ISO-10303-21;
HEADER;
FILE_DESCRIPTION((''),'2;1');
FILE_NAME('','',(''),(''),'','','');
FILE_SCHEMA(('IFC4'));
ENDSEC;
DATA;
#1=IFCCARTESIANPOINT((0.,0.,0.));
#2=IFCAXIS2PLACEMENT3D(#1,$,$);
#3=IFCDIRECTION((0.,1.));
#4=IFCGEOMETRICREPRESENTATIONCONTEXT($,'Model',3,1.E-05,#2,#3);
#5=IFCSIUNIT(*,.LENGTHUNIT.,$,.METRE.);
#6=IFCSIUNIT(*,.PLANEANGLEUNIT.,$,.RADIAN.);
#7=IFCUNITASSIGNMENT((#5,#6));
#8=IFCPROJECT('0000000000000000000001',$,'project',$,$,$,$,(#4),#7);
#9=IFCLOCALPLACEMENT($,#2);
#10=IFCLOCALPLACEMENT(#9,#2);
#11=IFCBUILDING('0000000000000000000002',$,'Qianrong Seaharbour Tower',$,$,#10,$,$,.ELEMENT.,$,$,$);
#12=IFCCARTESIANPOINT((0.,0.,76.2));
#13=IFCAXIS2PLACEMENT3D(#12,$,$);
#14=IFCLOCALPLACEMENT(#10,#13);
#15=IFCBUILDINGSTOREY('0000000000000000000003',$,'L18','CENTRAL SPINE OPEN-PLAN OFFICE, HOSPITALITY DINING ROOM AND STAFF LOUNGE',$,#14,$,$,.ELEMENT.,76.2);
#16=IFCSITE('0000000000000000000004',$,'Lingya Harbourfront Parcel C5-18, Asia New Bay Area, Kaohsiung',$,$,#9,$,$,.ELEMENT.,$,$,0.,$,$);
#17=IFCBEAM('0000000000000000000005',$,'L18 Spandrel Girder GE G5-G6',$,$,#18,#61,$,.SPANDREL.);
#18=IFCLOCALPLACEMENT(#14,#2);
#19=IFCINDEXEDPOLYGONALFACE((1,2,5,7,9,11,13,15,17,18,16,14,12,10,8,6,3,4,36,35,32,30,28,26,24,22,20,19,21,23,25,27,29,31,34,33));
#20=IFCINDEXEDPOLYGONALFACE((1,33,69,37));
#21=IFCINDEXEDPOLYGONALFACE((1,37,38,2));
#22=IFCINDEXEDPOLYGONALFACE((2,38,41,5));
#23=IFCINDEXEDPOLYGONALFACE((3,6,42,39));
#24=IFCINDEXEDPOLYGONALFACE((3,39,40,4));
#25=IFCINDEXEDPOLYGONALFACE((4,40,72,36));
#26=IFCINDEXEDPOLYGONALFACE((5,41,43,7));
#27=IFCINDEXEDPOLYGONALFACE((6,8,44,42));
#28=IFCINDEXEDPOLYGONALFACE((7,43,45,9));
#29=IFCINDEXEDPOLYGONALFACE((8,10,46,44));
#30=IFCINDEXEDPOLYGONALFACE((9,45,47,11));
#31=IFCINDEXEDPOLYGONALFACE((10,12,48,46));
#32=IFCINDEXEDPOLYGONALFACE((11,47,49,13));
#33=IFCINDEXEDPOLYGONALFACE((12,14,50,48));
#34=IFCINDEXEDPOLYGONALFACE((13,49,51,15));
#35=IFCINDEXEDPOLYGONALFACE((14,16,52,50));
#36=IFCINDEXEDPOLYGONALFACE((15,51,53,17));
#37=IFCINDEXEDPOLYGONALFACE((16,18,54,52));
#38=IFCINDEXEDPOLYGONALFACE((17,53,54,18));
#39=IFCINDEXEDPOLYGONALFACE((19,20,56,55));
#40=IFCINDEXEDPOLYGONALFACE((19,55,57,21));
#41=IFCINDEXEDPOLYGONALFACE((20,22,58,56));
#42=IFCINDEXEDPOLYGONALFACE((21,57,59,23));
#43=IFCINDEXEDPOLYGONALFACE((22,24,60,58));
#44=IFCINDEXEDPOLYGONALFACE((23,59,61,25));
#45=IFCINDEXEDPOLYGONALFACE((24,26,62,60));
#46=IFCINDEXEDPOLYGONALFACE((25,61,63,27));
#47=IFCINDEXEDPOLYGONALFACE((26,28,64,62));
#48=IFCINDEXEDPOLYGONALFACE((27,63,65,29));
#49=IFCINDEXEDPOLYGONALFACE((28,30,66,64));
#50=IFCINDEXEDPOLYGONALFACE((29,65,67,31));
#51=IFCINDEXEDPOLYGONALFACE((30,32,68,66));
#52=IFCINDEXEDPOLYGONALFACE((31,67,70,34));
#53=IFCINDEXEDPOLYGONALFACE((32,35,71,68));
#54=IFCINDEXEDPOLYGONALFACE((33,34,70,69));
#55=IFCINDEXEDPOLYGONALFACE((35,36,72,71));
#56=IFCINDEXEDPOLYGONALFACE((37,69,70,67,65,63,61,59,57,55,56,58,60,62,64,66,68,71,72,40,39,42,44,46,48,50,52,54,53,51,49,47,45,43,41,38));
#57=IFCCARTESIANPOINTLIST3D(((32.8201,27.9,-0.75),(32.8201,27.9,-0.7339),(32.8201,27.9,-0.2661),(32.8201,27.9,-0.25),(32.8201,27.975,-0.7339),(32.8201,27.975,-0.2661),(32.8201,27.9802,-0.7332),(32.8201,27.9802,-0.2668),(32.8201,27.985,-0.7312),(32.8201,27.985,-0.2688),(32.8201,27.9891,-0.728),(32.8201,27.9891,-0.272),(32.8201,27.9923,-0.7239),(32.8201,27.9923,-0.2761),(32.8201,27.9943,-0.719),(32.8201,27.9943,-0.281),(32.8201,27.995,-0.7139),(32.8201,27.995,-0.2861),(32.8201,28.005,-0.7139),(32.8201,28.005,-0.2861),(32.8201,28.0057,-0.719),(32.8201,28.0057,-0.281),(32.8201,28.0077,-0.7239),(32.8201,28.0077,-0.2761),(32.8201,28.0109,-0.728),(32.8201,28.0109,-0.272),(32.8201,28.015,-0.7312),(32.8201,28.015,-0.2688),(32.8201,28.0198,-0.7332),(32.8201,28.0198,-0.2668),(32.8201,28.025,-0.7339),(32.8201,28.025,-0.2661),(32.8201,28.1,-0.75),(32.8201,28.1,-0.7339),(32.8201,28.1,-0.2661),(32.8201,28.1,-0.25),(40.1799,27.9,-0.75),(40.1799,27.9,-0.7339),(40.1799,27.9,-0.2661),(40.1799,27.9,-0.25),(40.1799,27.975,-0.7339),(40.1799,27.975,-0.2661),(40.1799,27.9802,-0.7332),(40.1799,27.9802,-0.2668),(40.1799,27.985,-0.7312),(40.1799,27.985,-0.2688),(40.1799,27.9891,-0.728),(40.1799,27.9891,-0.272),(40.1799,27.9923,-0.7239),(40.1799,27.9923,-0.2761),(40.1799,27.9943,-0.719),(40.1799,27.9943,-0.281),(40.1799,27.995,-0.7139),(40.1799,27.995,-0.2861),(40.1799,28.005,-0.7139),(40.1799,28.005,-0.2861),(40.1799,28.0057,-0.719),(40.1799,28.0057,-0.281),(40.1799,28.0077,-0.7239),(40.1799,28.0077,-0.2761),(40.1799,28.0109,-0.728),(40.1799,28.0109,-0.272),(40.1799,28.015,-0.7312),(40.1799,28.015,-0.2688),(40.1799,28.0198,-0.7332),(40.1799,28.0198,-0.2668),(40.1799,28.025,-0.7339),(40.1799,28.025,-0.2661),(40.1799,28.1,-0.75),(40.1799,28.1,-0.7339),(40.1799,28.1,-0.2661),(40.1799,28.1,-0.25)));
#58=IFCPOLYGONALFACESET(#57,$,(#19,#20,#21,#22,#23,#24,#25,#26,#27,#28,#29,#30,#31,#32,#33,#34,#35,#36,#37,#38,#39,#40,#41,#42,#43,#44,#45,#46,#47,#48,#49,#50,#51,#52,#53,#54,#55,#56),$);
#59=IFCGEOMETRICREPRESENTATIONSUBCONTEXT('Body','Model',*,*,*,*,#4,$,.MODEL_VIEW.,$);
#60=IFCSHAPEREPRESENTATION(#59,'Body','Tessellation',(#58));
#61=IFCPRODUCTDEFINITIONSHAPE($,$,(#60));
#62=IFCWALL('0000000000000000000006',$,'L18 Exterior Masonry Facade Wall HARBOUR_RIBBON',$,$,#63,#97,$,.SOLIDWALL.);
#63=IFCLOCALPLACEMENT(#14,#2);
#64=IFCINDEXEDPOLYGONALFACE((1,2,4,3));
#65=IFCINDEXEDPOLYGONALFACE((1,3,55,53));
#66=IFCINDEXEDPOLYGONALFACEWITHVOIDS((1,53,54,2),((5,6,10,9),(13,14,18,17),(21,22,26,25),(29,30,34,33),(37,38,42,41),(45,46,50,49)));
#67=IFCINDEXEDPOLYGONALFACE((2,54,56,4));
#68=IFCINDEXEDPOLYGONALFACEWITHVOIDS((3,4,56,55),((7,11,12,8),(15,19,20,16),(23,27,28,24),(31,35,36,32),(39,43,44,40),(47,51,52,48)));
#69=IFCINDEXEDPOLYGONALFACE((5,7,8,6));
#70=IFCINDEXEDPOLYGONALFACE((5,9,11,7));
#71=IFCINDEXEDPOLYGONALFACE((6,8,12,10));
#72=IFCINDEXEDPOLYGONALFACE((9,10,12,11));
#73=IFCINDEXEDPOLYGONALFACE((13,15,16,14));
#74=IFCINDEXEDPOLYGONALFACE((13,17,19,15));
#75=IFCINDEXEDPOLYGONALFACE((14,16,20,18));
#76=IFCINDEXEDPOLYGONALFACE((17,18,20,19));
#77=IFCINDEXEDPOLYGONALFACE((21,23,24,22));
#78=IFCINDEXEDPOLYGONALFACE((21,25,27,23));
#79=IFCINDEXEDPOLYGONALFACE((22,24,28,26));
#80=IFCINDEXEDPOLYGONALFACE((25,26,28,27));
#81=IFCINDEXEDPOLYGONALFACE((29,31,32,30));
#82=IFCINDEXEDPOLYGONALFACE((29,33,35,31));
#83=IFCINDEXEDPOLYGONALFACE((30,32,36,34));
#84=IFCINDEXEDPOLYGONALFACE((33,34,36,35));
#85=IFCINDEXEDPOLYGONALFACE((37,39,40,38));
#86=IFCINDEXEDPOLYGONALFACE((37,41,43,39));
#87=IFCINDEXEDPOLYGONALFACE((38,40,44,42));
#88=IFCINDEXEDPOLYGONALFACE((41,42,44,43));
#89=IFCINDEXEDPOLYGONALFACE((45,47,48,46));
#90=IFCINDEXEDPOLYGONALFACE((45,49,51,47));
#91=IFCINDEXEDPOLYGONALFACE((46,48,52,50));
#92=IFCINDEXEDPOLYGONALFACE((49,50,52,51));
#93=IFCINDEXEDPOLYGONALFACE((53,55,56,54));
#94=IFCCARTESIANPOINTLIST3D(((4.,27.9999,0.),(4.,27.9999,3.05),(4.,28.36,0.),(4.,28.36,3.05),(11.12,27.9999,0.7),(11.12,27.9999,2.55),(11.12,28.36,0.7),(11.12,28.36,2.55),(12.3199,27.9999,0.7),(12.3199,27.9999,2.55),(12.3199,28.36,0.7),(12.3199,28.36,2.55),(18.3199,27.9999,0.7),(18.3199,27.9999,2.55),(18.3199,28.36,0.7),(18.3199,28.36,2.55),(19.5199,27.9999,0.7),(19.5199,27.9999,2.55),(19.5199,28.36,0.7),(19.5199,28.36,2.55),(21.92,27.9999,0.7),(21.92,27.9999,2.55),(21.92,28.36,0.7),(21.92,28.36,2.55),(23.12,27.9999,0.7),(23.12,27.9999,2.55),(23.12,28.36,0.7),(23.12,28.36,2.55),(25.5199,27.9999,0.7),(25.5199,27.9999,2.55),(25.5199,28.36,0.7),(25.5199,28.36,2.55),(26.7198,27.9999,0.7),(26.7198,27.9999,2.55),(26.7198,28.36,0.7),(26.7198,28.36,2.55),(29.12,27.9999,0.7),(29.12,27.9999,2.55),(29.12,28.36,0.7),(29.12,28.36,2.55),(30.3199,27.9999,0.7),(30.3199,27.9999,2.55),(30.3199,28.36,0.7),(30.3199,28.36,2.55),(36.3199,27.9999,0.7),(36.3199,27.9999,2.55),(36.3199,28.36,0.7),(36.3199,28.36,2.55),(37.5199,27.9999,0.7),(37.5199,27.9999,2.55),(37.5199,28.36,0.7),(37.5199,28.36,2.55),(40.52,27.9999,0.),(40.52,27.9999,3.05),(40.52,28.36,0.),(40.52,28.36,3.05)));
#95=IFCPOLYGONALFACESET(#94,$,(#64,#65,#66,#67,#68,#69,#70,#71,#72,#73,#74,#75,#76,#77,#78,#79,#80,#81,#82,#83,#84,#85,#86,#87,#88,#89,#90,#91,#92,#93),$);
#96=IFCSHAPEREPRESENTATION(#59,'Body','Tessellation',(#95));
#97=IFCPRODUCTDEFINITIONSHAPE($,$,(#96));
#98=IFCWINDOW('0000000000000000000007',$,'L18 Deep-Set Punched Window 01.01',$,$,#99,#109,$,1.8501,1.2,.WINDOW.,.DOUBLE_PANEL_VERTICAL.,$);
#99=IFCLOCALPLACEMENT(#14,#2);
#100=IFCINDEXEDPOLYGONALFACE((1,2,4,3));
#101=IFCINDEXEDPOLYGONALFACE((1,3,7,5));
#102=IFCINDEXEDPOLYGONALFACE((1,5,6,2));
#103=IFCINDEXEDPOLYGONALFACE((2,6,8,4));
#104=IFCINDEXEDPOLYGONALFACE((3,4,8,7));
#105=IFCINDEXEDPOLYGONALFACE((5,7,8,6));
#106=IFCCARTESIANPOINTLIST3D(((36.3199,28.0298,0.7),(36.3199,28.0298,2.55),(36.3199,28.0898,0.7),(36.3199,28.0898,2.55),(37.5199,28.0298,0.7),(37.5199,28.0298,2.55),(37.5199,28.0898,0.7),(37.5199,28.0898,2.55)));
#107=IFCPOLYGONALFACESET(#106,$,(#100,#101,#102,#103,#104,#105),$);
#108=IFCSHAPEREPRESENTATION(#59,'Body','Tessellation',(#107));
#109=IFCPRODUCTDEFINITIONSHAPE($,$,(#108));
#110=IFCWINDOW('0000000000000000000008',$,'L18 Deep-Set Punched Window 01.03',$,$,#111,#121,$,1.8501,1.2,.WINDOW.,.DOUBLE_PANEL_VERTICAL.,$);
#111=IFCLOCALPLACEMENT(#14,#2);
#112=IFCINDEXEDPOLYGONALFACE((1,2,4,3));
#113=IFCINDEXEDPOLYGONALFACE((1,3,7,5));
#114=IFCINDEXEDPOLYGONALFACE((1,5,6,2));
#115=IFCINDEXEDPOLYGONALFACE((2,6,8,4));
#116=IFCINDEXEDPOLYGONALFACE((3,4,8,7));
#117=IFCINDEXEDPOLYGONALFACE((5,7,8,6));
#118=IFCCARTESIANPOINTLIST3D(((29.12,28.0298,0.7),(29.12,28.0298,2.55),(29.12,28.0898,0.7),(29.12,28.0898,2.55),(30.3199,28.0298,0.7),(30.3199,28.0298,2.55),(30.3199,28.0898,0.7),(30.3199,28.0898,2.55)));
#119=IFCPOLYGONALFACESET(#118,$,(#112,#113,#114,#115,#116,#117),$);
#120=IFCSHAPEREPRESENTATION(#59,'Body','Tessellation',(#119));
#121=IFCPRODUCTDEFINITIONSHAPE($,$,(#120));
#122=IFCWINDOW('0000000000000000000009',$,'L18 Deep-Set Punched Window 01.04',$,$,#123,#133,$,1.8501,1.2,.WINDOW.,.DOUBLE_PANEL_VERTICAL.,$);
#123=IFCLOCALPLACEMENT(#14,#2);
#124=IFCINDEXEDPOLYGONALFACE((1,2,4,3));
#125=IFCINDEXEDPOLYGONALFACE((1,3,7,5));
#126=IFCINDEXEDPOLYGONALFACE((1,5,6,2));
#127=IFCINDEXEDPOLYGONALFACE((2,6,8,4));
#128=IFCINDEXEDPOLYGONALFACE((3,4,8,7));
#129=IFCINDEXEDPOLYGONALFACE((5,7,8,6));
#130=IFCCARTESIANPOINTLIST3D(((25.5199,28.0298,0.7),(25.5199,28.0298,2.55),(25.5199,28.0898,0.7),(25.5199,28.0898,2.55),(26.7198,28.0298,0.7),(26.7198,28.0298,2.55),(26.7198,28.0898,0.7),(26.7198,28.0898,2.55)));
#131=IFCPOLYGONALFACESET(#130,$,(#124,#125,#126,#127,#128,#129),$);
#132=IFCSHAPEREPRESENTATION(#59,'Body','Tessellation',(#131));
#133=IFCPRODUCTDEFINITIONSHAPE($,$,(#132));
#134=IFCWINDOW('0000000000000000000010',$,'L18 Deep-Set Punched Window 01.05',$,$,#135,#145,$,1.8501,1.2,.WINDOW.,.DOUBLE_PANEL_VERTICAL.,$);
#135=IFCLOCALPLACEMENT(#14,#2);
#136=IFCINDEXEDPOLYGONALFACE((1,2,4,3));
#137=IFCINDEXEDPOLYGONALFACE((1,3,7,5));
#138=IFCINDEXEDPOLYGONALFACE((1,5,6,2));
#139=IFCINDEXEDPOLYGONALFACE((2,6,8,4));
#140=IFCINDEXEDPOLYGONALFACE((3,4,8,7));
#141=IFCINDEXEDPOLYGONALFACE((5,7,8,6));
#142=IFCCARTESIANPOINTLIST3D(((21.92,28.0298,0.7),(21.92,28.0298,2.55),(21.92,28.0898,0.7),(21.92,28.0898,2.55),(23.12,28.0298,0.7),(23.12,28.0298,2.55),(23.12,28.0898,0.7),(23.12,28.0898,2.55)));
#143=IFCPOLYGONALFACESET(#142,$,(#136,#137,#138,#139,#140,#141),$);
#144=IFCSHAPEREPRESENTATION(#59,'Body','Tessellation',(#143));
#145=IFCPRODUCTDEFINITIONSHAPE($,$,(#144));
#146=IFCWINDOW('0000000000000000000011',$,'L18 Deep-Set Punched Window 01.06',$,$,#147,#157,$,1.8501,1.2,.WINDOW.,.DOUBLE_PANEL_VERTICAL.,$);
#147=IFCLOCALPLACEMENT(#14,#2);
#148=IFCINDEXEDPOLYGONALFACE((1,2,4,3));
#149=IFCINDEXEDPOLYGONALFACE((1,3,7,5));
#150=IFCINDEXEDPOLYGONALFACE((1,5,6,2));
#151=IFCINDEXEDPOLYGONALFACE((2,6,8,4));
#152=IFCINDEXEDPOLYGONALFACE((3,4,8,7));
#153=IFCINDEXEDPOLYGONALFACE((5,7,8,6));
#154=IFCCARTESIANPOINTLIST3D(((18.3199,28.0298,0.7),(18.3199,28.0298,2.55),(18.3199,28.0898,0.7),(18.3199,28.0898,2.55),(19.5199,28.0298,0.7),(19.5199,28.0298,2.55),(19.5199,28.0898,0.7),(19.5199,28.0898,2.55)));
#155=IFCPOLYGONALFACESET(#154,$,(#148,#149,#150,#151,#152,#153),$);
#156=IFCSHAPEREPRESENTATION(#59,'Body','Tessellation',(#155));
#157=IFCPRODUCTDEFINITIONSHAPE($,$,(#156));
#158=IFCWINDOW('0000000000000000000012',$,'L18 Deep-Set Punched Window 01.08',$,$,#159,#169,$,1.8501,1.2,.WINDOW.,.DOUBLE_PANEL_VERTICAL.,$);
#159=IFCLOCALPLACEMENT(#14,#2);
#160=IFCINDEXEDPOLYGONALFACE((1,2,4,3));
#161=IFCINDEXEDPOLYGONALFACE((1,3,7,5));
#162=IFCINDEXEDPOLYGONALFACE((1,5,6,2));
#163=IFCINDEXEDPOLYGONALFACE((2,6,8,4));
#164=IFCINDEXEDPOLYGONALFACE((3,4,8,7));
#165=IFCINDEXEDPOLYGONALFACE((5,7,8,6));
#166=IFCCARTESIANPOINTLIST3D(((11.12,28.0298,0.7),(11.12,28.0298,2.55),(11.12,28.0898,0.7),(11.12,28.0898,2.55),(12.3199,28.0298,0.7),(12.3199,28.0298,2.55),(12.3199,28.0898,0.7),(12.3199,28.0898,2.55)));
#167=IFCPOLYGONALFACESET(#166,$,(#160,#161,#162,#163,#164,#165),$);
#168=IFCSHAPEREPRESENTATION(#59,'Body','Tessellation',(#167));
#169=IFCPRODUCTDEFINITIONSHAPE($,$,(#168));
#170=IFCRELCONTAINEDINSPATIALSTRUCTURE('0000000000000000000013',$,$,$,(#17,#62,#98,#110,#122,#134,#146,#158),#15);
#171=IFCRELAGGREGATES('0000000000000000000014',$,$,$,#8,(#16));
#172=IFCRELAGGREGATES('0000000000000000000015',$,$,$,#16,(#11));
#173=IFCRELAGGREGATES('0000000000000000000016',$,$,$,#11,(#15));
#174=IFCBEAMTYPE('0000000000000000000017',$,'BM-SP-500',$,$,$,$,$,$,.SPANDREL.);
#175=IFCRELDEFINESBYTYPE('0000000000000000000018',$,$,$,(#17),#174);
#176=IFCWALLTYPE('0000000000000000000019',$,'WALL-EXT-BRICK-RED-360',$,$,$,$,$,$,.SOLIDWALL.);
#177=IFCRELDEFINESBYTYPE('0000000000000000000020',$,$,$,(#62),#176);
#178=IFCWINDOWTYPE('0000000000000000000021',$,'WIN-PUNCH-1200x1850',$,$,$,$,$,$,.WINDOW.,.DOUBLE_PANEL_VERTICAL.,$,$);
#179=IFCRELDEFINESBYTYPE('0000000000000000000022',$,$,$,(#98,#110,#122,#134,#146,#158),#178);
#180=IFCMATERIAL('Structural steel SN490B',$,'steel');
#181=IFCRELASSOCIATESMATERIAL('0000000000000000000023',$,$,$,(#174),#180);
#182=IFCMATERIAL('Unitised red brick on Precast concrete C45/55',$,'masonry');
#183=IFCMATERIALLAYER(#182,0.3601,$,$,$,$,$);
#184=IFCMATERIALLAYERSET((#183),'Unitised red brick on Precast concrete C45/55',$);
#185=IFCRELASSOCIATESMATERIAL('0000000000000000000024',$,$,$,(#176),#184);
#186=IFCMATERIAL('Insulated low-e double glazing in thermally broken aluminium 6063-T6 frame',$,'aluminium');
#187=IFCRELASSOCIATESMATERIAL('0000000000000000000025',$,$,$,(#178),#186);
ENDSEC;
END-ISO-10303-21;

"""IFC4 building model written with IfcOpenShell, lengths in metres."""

from ifc_helpers import new_model, si_unit, direction, frame, frame_2d, origin, origin_2d, place, context, subcontext, project, spatial, rectangle, i_section, extrude, material, layer, layer_set, material_profile, profile_set, type_object, element, fill, save


model = new_model("IFC4")

# Units and contexts
model_context = context("Model", 3, precision=1e-05, world=origin(), true_north=direction((0.0, 1.0)))
body_context = subcontext(model_context, "Body", "Model", "MODEL_VIEW")
ifc_project = project(units=[si_unit("LENGTHUNIT", "METRE"), si_unit("PLANEANGLEUNIT", "RADIAN")], contexts=[model_context])

# Site, building, storey
site_placement = place(None, origin())
site = spatial("IfcSite", under=ifc_project, at=site_placement, Name="Lingya Harbourfront Parcel C5-18, Asia New Bay Area, Kaohsiung", CompositionType="ELEMENT", RefElevation=0.0)
building_placement = place(site_placement, origin())
building = spatial("IfcBuilding", under=site, at=building_placement, Name="Qianrong Seaharbour Tower", CompositionType="ELEMENT")
storey_placement = place(building_placement, frame((0.0, 0.0, 76.2)))
storey = spatial("IfcBuildingStorey", under=building, at=storey_placement, Name="L18", Description="CENTRAL SPINE OPEN-PLAN OFFICE, HOSPITALITY DINING ROOM AND STAFF LOUNGE", CompositionType="ELEMENT", Elevation=76.2)

# Shared definitions
ifc_material_1 = material(Name="Structural steel SN490B", Category="steel")

# Beam
ifc_material_profile_1 = material_profile(ifc_material_1, i_section(OverallWidth=0.2, OverallDepth=0.5, WebThickness=0.01, FlangeThickness=0.0161, FilletRadius=0.02, at=origin_2d()), Name="H500x200x10x16")
ifc_profile_set_1 = profile_set([ifc_material_profile_1], Name="Structural steel SN490B")
beam_type_1 = type_object("IfcBeamType", Name="BM-SP-500", PredefinedType="SPANDREL", material=ifc_profile_set_1)
beam_1_placement = place(storey_placement, frame((32.8201, 28.0, -0.5), z_axis=(1.0, 0.0, 0.0), x_axis=(0.0, 1.0, 0.0)))
element("IfcBeam", 1, at=beam_1_placement, inside=storey, type_object=beam_type_1, Name="L18 Spandrel Girder GE G5-G6", PredefinedType="SPANDREL", context=body_context, shape_type="SweptSolid", body=[
    extrude(i_section(OverallWidth=0.2, OverallDepth=0.5, WebThickness=0.01, FlangeThickness=0.0161, FilletRadius=0.02, at=origin_2d()), origin(), (0.0, 0.0, 1.0), 7.3599),
])

# Wall, openings, windows
ifc_material_2 = material(Name="Unitised red brick on Precast concrete C45/55", Category="masonry")
ifc_layer = layer(ifc_material_2, 0.3601)
ifc_layer_set = layer_set([ifc_layer], Name="Unitised red brick on Precast concrete C45/55")
wall_type = type_object("IfcWallType", Name="WALL-EXT-BRICK-RED-360", PredefinedType="SOLIDWALL", material=ifc_layer_set)
wall_placement = place(storey_placement, frame((40.52, 28.1799, 0.0), z_axis=(0.0, 0.0, 1.0), x_axis=(-1.0, 0.0, 0.0)))
wall = element("IfcWall", 2, at=wall_placement, inside=storey, type_object=wall_type, Name="L18 Exterior Masonry Facade Wall HARBOUR_RIBBON", PredefinedType="SOLIDWALL", context=body_context, shape_type="SweptSolid", body=[
    extrude(rectangle(XDim=36.52, YDim=0.3601, at=frame_2d((18.26, 0.0))), origin(), (0.0, 0.0, 1.0), 3.05),
])
opening_1_placement = place(wall_placement, frame((3.0, 0.0, 0.7)))
opening_1 = element("IfcOpeningElement", 3, at=opening_1_placement, cuts=wall, PredefinedType="OPENING", context=body_context, shape_type="SweptSolid", body=[
    extrude(rectangle(XDim=1.2, YDim=1.8501, at=frame_2d((0.6001, 0.925))), frame((0.0, 0.1899, 0.0), z_axis=(0.0, -1.0, 0.0), x_axis=(1.0, 0.0, 0.0)), (0.0, 0.0, 1.0), 0.3801),
])
opening_2_placement = place(wall_placement, frame((10.2, 0.0, 0.7)))
opening_2 = element("IfcOpeningElement", 4, at=opening_2_placement, cuts=wall, PredefinedType="OPENING", context=body_context, shape_type="SweptSolid", body=[
    extrude(rectangle(XDim=1.2, YDim=1.8501, at=frame_2d((0.6001, 0.925))), frame((0.0, 0.1899, 0.0), z_axis=(0.0, -1.0, 0.0), x_axis=(1.0, 0.0, 0.0)), (0.0, 0.0, 1.0), 0.3801),
])
opening_3_placement = place(wall_placement, frame((13.8, 0.0, 0.7)))
opening_3 = element("IfcOpeningElement", 5, at=opening_3_placement, cuts=wall, PredefinedType="OPENING", context=body_context, shape_type="SweptSolid", body=[
    extrude(rectangle(XDim=1.2, YDim=1.8501, at=frame_2d((0.6001, 0.925))), frame((0.0, 0.1899, 0.0), z_axis=(0.0, -1.0, 0.0), x_axis=(1.0, 0.0, 0.0)), (0.0, 0.0, 1.0), 0.3801),
])
opening_4_placement = place(wall_placement, frame((17.3999, 0.0, 0.7)))
opening_4 = element("IfcOpeningElement", 6, at=opening_4_placement, cuts=wall, PredefinedType="OPENING", context=body_context, shape_type="SweptSolid", body=[
    extrude(rectangle(XDim=1.2, YDim=1.8501, at=frame_2d((0.6001, 0.925))), frame((0.0, 0.1899, 0.0), z_axis=(0.0, -1.0, 0.0), x_axis=(1.0, 0.0, 0.0)), (0.0, 0.0, 1.0), 0.3801),
])
opening_5_placement = place(wall_placement, frame((21.0, 0.0, 0.7)))
opening_5 = element("IfcOpeningElement", 7, at=opening_5_placement, cuts=wall, PredefinedType="OPENING", context=body_context, shape_type="SweptSolid", body=[
    extrude(rectangle(XDim=1.2, YDim=1.8501, at=frame_2d((0.6001, 0.925))), frame((0.0, 0.1899, 0.0), z_axis=(0.0, -1.0, 0.0), x_axis=(1.0, 0.0, 0.0)), (0.0, 0.0, 1.0), 0.3801),
])
opening_6_placement = place(wall_placement, frame((28.2, 0.0, 0.7)))
opening_6 = element("IfcOpeningElement", 8, at=opening_6_placement, cuts=wall, PredefinedType="OPENING", context=body_context, shape_type="SweptSolid", body=[
    extrude(rectangle(XDim=1.2, YDim=1.8501, at=frame_2d((0.6001, 0.925))), frame((0.0, 0.1899, 0.0), z_axis=(0.0, -1.0, 0.0), x_axis=(1.0, 0.0, 0.0)), (0.0, 0.0, 1.0), 0.3801),
])
ifc_material_3 = material(Name="Insulated low-e double glazing in thermally broken aluminium 6063-T6 frame", Category="aluminium")
window_type = type_object("IfcWindowType", Name="WIN-PUNCH-1200x1850", PartitioningType="DOUBLE_PANEL_VERTICAL", PredefinedType="WINDOW", material=ifc_material_3)
window_1_placement = place(opening_1_placement, origin())
window_1 = element("IfcWindow", 9, at=window_1_placement, inside=storey, type_object=window_type, Name="L18 Deep-Set Punched Window 01.01", OverallHeight=1.8501, OverallWidth=1.2, PartitioningType="DOUBLE_PANEL_VERTICAL", PredefinedType="WINDOW", context=body_context, shape_type="SweptSolid", body=[
    extrude(rectangle(XDim=1.2, YDim=1.8501, at=frame_2d((0.6001, 0.925))), frame((0.0, 0.1501, 0.0), z_axis=(0.0, -1.0, 0.0), x_axis=(1.0, 0.0, 0.0)), (0.0, 0.0, 1.0), 0.0601),
])
fill(opening_1, window_1)
window_2_placement = place(opening_2_placement, origin())
window_2 = element("IfcWindow", 10, at=window_2_placement, inside=storey, type_object=window_type, Name="L18 Deep-Set Punched Window 01.03", OverallHeight=1.8501, OverallWidth=1.2, PartitioningType="DOUBLE_PANEL_VERTICAL", PredefinedType="WINDOW", context=body_context, shape_type="SweptSolid", body=[
    extrude(rectangle(XDim=1.2, YDim=1.8501, at=frame_2d((0.6001, 0.925))), frame((0.0, 0.1501, 0.0), z_axis=(0.0, -1.0, 0.0), x_axis=(1.0, 0.0, 0.0)), (0.0, 0.0, 1.0), 0.0601),
])
fill(opening_2, window_2)
window_3_placement = place(opening_3_placement, origin())
window_3 = element("IfcWindow", 11, at=window_3_placement, inside=storey, type_object=window_type, Name="L18 Deep-Set Punched Window 01.04", OverallHeight=1.8501, OverallWidth=1.2, PartitioningType="DOUBLE_PANEL_VERTICAL", PredefinedType="WINDOW", context=body_context, shape_type="SweptSolid", body=[
    extrude(rectangle(XDim=1.2, YDim=1.8501, at=frame_2d((0.6001, 0.925))), frame((0.0, 0.1501, 0.0), z_axis=(0.0, -1.0, 0.0), x_axis=(1.0, 0.0, 0.0)), (0.0, 0.0, 1.0), 0.0601),
])
fill(opening_3, window_3)
window_4_placement = place(opening_4_placement, origin())
window_4 = element("IfcWindow", 12, at=window_4_placement, inside=storey, type_object=window_type, Name="L18 Deep-Set Punched Window 01.05", OverallHeight=1.8501, OverallWidth=1.2, PartitioningType="DOUBLE_PANEL_VERTICAL", PredefinedType="WINDOW", context=body_context, shape_type="SweptSolid", body=[
    extrude(rectangle(XDim=1.2, YDim=1.8501, at=frame_2d((0.6001, 0.925))), frame((0.0, 0.1501, 0.0), z_axis=(0.0, -1.0, 0.0), x_axis=(1.0, 0.0, 0.0)), (0.0, 0.0, 1.0), 0.0601),
])
fill(opening_4, window_4)
window_5_placement = place(opening_5_placement, origin())
window_5 = element("IfcWindow", 13, at=window_5_placement, inside=storey, type_object=window_type, Name="L18 Deep-Set Punched Window 01.06", OverallHeight=1.8501, OverallWidth=1.2, PartitioningType="DOUBLE_PANEL_VERTICAL", PredefinedType="WINDOW", context=body_context, shape_type="SweptSolid", body=[
    extrude(rectangle(XDim=1.2, YDim=1.8501, at=frame_2d((0.6001, 0.925))), frame((0.0, 0.1501, 0.0), z_axis=(0.0, -1.0, 0.0), x_axis=(1.0, 0.0, 0.0)), (0.0, 0.0, 1.0), 0.0601),
])
fill(opening_5, window_5)
window_6_placement = place(opening_6_placement, origin())
window_6 = element("IfcWindow", 14, at=window_6_placement, inside=storey, type_object=window_type, Name="L18 Deep-Set Punched Window 01.08", OverallHeight=1.8501, OverallWidth=1.2, PartitioningType="DOUBLE_PANEL_VERTICAL", PredefinedType="WINDOW", context=body_context, shape_type="SweptSolid", body=[
    extrude(rectangle(XDim=1.2, YDim=1.8501, at=frame_2d((0.6001, 0.925))), frame((0.0, 0.1501, 0.0), z_axis=(0.0, -1.0, 0.0), x_axis=(1.0, 0.0, 0.0)), (0.0, 0.0, 1.0), 0.0601),
])
fill(opening_6, window_6)

save(model, "model.ifc")
